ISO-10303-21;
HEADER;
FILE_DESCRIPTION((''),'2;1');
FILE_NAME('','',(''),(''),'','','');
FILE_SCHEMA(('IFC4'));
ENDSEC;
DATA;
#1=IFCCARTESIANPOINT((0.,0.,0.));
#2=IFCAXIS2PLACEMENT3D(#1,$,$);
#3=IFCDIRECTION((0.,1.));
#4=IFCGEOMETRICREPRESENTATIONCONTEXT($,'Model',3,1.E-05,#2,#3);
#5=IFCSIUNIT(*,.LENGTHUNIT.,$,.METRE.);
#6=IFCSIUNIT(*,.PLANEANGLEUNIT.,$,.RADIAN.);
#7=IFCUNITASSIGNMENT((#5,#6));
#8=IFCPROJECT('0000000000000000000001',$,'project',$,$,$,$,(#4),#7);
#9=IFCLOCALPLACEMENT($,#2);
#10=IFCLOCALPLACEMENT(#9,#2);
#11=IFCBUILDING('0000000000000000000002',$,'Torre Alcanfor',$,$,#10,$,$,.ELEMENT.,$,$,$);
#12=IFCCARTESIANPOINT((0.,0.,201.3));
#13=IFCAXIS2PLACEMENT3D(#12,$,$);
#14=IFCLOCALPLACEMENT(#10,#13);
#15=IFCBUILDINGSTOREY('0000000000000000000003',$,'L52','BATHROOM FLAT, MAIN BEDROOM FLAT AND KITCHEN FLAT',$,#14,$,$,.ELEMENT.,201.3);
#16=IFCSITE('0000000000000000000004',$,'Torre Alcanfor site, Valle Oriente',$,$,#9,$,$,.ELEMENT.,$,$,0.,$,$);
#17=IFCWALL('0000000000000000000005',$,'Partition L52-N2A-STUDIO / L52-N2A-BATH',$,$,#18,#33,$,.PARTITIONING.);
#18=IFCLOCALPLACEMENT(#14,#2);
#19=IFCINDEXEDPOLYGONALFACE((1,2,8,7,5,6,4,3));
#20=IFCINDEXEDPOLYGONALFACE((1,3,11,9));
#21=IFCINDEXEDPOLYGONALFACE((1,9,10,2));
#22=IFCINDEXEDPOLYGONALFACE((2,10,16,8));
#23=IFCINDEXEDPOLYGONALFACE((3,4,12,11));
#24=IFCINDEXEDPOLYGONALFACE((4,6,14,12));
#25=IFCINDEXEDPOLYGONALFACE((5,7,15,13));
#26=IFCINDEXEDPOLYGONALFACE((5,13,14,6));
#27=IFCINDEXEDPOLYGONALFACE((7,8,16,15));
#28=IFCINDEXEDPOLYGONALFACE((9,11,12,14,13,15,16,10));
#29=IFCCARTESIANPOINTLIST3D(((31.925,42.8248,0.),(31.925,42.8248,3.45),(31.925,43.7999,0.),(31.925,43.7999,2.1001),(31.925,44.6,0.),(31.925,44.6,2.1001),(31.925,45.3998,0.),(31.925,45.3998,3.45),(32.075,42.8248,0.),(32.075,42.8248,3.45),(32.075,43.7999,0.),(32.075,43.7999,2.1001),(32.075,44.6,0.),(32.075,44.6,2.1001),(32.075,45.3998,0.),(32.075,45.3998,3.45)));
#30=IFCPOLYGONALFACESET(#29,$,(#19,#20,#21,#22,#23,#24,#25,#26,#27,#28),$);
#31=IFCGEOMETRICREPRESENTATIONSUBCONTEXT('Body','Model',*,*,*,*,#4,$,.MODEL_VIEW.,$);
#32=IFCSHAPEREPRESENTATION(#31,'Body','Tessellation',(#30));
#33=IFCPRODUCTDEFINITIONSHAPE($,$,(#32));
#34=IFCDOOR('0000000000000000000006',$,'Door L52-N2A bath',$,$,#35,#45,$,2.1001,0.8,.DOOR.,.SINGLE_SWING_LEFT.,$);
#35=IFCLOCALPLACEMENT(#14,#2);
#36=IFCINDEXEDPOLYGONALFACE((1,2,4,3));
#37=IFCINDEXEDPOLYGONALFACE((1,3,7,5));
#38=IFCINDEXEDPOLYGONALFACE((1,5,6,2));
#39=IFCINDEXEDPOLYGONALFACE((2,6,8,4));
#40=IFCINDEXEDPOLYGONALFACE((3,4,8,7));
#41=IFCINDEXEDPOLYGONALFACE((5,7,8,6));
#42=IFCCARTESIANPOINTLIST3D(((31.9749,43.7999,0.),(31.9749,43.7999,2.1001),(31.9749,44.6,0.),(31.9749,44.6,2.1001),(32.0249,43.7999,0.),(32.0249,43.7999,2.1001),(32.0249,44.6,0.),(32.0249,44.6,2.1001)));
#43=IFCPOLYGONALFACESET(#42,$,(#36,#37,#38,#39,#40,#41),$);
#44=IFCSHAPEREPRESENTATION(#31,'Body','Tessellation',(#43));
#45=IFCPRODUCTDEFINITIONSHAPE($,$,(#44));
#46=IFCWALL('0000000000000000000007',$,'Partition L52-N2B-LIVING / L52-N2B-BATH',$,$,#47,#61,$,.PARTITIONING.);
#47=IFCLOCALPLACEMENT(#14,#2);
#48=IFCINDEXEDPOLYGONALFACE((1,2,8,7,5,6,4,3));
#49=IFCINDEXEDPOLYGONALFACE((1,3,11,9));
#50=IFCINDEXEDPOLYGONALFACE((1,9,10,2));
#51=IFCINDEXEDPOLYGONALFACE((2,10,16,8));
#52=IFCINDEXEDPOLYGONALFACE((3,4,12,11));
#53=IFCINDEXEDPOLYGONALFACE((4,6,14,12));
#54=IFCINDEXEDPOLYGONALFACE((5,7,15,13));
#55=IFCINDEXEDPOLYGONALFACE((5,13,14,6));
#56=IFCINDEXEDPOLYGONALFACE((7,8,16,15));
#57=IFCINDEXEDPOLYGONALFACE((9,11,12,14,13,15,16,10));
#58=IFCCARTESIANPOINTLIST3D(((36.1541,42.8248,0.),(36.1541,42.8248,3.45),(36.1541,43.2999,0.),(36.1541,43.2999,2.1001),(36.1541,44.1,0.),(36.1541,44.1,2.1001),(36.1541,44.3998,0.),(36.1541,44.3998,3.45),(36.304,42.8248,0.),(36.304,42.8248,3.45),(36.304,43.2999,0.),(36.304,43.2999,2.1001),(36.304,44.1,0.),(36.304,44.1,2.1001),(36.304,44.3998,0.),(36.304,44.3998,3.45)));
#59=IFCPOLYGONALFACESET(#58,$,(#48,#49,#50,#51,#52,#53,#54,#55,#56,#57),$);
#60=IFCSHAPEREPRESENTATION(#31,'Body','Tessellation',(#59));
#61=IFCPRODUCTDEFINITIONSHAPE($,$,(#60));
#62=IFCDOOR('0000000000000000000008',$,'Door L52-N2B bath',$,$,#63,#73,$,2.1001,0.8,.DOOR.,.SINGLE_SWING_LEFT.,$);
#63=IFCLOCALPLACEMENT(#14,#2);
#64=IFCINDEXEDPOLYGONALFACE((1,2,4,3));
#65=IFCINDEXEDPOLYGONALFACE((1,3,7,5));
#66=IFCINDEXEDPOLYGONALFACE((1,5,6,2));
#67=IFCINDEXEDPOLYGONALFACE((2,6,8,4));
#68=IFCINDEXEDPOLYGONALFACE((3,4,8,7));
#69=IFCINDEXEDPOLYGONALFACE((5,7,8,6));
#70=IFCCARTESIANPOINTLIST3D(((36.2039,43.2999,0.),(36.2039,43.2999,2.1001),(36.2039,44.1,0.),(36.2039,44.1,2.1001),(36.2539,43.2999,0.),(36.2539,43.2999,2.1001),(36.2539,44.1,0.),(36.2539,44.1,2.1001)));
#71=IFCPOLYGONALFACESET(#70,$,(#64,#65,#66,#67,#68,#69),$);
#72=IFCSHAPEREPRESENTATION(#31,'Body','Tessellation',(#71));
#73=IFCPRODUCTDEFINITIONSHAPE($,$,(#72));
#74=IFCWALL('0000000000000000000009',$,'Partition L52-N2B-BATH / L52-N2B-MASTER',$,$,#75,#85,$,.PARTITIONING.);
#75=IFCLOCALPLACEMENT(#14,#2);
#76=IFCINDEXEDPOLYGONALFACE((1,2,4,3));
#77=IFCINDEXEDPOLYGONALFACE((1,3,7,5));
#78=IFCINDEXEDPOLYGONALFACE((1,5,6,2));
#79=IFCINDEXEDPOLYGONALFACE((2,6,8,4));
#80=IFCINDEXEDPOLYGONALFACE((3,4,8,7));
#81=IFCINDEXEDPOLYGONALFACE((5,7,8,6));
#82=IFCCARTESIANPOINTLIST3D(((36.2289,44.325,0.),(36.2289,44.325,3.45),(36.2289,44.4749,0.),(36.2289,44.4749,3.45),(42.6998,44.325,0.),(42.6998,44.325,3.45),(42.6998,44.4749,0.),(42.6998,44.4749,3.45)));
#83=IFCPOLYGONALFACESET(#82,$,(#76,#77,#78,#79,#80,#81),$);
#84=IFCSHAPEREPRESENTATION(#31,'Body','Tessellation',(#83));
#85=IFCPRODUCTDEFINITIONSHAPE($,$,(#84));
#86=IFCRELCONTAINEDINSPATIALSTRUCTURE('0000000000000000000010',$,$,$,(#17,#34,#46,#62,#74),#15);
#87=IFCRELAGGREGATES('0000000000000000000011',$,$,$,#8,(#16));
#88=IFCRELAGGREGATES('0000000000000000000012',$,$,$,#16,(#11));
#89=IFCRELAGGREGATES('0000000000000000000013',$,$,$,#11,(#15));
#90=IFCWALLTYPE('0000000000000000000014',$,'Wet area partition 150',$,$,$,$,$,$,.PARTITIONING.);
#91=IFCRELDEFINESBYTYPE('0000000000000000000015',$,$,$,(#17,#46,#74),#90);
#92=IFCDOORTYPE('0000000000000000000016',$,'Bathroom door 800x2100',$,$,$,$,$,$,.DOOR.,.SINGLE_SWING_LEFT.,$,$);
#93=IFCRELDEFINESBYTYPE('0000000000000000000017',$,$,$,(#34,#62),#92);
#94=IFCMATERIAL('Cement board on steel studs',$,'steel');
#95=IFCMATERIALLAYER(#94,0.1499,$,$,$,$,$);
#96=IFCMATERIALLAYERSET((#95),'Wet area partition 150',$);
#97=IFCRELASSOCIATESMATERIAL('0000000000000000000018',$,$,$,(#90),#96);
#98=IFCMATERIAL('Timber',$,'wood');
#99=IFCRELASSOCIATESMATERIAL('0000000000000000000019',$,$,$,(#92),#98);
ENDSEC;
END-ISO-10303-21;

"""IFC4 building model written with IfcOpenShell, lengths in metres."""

from ifc_helpers import new_model, si_unit, direction, frame, frame_2d, origin, place, context, subcontext, project, spatial, rectangle, extrude, material, layer, layer_set, type_object, element, fill, save


model = new_model("IFC4")

# Units and contexts
model_context = context("Model", 3, precision=1e-05, world=origin(), true_north=direction((0.0, 1.0)))
body_context = subcontext(model_context, "Body", "Model", "MODEL_VIEW")
ifc_project = project(units=[si_unit("LENGTHUNIT", "METRE"), si_unit("PLANEANGLEUNIT", "RADIAN")], contexts=[model_context])

# Site, building, storey
site_placement = place(None, origin())
site = spatial("IfcSite", under=ifc_project, at=site_placement, Name="Torre Alcanfor site, Valle Oriente", CompositionType="ELEMENT", RefElevation=0.0)
building_placement = place(site_placement, origin())
building = spatial("IfcBuilding", under=site, at=building_placement, Name="Torre Alcanfor", CompositionType="ELEMENT")
storey_placement = place(building_placement, frame((0.0, 0.0, 201.3)))
storey = spatial("IfcBuildingStorey", under=building, at=storey_placement, Name="L52", Description="BATHROOM FLAT, MAIN BEDROOM FLAT AND KITCHEN FLAT", CompositionType="ELEMENT", Elevation=201.3)

# Shared definitions
ifc_material_1 = material(Name="Cement board on steel studs", Category="steel")
ifc_layer_1 = layer(ifc_material_1, 0.1499)
ifc_layer_set_1 = layer_set([ifc_layer_1], Name="Wet area partition 150")
wall_type_1 = type_object("IfcWallType", Name="Wet area partition 150", PredefinedType="PARTITIONING", material=ifc_layer_set_1)

# Walls, openings, doors
wall_1_placement = place(storey_placement, frame((32.0, 45.3999, 0.0), z_axis=(0.0, 0.0, 1.0), x_axis=(0.0, -1.0, 0.0)))
wall_1 = element("IfcWall", 1, at=wall_1_placement, inside=storey, type_object=wall_type_1, Name="Partition L52-N2A-STUDIO / L52-N2A-BATH", PredefinedType="PARTITIONING", context=body_context, shape_type="SweptSolid", body=[
    extrude(rectangle(XDim=2.575, YDim=0.1499, at=frame_2d((1.2876, 0.0))), origin(), (0.0, 0.0, 1.0), 3.45),
])
opening_1_placement = place(wall_1_placement, frame((0.8, 0.0, 0.0)))
opening_1 = element("IfcOpeningElement", 2, at=opening_1_placement, cuts=wall_1, PredefinedType="OPENING", context=body_context, shape_type="SweptSolid", body=[
    extrude(rectangle(XDim=0.8, YDim=2.1001, at=frame_2d((0.3999, 1.05))), frame((0.0, 0.085, 0.0), z_axis=(0.0, -1.0, 0.0), x_axis=(1.0, 0.0, 0.0)), (0.0, 0.0, 1.0), 0.1699),
])
ifc_material_2 = material(Name="Timber", Category="wood")
door_type_1 = type_object("IfcDoorType", Name="Bathroom door 800x2100", OperationType="SINGLE_SWING_LEFT", PredefinedType="DOOR", material=ifc_material_2)
door_1_placement = place(opening_1_placement, origin())
door_1 = element("IfcDoor", 3, at=door_1_placement, inside=storey, type_object=door_type_1, Name="Door L52-N2A bath", OperationType="SINGLE_SWING_LEFT", OverallHeight=2.1001, OverallWidth=0.8, PredefinedType="DOOR", context=body_context, shape_type="SweptSolid", body=[
    extrude(rectangle(XDim=0.8, YDim=2.1001, at=frame_2d((0.3999, 1.05))), frame((0.0, 0.0249, 0.0), z_axis=(0.0, -1.0, 0.0), x_axis=(1.0, 0.0, 0.0)), (0.0, 0.0, 1.0), 0.05),
])
fill(opening_1, door_1)
wall_2_placement = place(storey_placement, frame((36.229, 44.3999, 0.0), z_axis=(0.0, 0.0, 1.0), x_axis=(0.0, -1.0, 0.0)))
wall_2 = element("IfcWall", 4, at=wall_2_placement, inside=storey, type_object=wall_type_1, Name="Partition L52-N2B-LIVING / L52-N2B-BATH", PredefinedType="PARTITIONING", context=body_context, shape_type="SweptSolid", body=[
    extrude(rectangle(XDim=1.575, YDim=0.1499, at=frame_2d((0.7876, 0.0))), origin(), (0.0, 0.0, 1.0), 3.45),
])
opening_2_placement = place(wall_2_placement, frame((0.3, 0.0, 0.0)))
opening_2 = element("IfcOpeningElement", 5, at=opening_2_placement, cuts=wall_2, PredefinedType="OPENING", context=body_context, shape_type="SweptSolid", body=[
    extrude(rectangle(XDim=0.8, YDim=2.1001, at=frame_2d((0.3999, 1.05))), frame((0.0, 0.085, 0.0), z_axis=(0.0, -1.0, 0.0), x_axis=(1.0, 0.0, 0.0)), (0.0, 0.0, 1.0), 0.1699),
])
door_2_placement = place(opening_2_placement, origin())
door_2 = element("IfcDoor", 6, at=door_2_placement, inside=storey, type_object=door_type_1, Name="Door L52-N2B bath", OperationType="SINGLE_SWING_LEFT", OverallHeight=2.1001, OverallWidth=0.8, PredefinedType="DOOR", context=body_context, shape_type="SweptSolid", body=[
    extrude(rectangle(XDim=0.8, YDim=2.1001, at=frame_2d((0.3999, 1.05))), frame((0.0, 0.0249, 0.0), z_axis=(0.0, -1.0, 0.0), x_axis=(1.0, 0.0, 0.0)), (0.0, 0.0, 1.0), 0.05),
])
fill(opening_2, door_2)

# Wall
wall_3_placement = place(storey_placement, frame((36.229, 44.3999, 0.0), z_axis=(0.0, 0.0, 1.0), x_axis=(1.0, 0.0, 0.0)))
element("IfcWall", 7, at=wall_3_placement, inside=storey, type_object=wall_type_1, Name="Partition L52-N2B-BATH / L52-N2B-MASTER", PredefinedType="PARTITIONING", context=body_context, shape_type="SweptSolid", body=[
    extrude(rectangle(XDim=6.4709, YDim=0.1499, at=frame_2d((3.2354, 0.0))), origin(), (0.0, 0.0, 1.0), 3.45),
])

save(model, "model.ifc")
